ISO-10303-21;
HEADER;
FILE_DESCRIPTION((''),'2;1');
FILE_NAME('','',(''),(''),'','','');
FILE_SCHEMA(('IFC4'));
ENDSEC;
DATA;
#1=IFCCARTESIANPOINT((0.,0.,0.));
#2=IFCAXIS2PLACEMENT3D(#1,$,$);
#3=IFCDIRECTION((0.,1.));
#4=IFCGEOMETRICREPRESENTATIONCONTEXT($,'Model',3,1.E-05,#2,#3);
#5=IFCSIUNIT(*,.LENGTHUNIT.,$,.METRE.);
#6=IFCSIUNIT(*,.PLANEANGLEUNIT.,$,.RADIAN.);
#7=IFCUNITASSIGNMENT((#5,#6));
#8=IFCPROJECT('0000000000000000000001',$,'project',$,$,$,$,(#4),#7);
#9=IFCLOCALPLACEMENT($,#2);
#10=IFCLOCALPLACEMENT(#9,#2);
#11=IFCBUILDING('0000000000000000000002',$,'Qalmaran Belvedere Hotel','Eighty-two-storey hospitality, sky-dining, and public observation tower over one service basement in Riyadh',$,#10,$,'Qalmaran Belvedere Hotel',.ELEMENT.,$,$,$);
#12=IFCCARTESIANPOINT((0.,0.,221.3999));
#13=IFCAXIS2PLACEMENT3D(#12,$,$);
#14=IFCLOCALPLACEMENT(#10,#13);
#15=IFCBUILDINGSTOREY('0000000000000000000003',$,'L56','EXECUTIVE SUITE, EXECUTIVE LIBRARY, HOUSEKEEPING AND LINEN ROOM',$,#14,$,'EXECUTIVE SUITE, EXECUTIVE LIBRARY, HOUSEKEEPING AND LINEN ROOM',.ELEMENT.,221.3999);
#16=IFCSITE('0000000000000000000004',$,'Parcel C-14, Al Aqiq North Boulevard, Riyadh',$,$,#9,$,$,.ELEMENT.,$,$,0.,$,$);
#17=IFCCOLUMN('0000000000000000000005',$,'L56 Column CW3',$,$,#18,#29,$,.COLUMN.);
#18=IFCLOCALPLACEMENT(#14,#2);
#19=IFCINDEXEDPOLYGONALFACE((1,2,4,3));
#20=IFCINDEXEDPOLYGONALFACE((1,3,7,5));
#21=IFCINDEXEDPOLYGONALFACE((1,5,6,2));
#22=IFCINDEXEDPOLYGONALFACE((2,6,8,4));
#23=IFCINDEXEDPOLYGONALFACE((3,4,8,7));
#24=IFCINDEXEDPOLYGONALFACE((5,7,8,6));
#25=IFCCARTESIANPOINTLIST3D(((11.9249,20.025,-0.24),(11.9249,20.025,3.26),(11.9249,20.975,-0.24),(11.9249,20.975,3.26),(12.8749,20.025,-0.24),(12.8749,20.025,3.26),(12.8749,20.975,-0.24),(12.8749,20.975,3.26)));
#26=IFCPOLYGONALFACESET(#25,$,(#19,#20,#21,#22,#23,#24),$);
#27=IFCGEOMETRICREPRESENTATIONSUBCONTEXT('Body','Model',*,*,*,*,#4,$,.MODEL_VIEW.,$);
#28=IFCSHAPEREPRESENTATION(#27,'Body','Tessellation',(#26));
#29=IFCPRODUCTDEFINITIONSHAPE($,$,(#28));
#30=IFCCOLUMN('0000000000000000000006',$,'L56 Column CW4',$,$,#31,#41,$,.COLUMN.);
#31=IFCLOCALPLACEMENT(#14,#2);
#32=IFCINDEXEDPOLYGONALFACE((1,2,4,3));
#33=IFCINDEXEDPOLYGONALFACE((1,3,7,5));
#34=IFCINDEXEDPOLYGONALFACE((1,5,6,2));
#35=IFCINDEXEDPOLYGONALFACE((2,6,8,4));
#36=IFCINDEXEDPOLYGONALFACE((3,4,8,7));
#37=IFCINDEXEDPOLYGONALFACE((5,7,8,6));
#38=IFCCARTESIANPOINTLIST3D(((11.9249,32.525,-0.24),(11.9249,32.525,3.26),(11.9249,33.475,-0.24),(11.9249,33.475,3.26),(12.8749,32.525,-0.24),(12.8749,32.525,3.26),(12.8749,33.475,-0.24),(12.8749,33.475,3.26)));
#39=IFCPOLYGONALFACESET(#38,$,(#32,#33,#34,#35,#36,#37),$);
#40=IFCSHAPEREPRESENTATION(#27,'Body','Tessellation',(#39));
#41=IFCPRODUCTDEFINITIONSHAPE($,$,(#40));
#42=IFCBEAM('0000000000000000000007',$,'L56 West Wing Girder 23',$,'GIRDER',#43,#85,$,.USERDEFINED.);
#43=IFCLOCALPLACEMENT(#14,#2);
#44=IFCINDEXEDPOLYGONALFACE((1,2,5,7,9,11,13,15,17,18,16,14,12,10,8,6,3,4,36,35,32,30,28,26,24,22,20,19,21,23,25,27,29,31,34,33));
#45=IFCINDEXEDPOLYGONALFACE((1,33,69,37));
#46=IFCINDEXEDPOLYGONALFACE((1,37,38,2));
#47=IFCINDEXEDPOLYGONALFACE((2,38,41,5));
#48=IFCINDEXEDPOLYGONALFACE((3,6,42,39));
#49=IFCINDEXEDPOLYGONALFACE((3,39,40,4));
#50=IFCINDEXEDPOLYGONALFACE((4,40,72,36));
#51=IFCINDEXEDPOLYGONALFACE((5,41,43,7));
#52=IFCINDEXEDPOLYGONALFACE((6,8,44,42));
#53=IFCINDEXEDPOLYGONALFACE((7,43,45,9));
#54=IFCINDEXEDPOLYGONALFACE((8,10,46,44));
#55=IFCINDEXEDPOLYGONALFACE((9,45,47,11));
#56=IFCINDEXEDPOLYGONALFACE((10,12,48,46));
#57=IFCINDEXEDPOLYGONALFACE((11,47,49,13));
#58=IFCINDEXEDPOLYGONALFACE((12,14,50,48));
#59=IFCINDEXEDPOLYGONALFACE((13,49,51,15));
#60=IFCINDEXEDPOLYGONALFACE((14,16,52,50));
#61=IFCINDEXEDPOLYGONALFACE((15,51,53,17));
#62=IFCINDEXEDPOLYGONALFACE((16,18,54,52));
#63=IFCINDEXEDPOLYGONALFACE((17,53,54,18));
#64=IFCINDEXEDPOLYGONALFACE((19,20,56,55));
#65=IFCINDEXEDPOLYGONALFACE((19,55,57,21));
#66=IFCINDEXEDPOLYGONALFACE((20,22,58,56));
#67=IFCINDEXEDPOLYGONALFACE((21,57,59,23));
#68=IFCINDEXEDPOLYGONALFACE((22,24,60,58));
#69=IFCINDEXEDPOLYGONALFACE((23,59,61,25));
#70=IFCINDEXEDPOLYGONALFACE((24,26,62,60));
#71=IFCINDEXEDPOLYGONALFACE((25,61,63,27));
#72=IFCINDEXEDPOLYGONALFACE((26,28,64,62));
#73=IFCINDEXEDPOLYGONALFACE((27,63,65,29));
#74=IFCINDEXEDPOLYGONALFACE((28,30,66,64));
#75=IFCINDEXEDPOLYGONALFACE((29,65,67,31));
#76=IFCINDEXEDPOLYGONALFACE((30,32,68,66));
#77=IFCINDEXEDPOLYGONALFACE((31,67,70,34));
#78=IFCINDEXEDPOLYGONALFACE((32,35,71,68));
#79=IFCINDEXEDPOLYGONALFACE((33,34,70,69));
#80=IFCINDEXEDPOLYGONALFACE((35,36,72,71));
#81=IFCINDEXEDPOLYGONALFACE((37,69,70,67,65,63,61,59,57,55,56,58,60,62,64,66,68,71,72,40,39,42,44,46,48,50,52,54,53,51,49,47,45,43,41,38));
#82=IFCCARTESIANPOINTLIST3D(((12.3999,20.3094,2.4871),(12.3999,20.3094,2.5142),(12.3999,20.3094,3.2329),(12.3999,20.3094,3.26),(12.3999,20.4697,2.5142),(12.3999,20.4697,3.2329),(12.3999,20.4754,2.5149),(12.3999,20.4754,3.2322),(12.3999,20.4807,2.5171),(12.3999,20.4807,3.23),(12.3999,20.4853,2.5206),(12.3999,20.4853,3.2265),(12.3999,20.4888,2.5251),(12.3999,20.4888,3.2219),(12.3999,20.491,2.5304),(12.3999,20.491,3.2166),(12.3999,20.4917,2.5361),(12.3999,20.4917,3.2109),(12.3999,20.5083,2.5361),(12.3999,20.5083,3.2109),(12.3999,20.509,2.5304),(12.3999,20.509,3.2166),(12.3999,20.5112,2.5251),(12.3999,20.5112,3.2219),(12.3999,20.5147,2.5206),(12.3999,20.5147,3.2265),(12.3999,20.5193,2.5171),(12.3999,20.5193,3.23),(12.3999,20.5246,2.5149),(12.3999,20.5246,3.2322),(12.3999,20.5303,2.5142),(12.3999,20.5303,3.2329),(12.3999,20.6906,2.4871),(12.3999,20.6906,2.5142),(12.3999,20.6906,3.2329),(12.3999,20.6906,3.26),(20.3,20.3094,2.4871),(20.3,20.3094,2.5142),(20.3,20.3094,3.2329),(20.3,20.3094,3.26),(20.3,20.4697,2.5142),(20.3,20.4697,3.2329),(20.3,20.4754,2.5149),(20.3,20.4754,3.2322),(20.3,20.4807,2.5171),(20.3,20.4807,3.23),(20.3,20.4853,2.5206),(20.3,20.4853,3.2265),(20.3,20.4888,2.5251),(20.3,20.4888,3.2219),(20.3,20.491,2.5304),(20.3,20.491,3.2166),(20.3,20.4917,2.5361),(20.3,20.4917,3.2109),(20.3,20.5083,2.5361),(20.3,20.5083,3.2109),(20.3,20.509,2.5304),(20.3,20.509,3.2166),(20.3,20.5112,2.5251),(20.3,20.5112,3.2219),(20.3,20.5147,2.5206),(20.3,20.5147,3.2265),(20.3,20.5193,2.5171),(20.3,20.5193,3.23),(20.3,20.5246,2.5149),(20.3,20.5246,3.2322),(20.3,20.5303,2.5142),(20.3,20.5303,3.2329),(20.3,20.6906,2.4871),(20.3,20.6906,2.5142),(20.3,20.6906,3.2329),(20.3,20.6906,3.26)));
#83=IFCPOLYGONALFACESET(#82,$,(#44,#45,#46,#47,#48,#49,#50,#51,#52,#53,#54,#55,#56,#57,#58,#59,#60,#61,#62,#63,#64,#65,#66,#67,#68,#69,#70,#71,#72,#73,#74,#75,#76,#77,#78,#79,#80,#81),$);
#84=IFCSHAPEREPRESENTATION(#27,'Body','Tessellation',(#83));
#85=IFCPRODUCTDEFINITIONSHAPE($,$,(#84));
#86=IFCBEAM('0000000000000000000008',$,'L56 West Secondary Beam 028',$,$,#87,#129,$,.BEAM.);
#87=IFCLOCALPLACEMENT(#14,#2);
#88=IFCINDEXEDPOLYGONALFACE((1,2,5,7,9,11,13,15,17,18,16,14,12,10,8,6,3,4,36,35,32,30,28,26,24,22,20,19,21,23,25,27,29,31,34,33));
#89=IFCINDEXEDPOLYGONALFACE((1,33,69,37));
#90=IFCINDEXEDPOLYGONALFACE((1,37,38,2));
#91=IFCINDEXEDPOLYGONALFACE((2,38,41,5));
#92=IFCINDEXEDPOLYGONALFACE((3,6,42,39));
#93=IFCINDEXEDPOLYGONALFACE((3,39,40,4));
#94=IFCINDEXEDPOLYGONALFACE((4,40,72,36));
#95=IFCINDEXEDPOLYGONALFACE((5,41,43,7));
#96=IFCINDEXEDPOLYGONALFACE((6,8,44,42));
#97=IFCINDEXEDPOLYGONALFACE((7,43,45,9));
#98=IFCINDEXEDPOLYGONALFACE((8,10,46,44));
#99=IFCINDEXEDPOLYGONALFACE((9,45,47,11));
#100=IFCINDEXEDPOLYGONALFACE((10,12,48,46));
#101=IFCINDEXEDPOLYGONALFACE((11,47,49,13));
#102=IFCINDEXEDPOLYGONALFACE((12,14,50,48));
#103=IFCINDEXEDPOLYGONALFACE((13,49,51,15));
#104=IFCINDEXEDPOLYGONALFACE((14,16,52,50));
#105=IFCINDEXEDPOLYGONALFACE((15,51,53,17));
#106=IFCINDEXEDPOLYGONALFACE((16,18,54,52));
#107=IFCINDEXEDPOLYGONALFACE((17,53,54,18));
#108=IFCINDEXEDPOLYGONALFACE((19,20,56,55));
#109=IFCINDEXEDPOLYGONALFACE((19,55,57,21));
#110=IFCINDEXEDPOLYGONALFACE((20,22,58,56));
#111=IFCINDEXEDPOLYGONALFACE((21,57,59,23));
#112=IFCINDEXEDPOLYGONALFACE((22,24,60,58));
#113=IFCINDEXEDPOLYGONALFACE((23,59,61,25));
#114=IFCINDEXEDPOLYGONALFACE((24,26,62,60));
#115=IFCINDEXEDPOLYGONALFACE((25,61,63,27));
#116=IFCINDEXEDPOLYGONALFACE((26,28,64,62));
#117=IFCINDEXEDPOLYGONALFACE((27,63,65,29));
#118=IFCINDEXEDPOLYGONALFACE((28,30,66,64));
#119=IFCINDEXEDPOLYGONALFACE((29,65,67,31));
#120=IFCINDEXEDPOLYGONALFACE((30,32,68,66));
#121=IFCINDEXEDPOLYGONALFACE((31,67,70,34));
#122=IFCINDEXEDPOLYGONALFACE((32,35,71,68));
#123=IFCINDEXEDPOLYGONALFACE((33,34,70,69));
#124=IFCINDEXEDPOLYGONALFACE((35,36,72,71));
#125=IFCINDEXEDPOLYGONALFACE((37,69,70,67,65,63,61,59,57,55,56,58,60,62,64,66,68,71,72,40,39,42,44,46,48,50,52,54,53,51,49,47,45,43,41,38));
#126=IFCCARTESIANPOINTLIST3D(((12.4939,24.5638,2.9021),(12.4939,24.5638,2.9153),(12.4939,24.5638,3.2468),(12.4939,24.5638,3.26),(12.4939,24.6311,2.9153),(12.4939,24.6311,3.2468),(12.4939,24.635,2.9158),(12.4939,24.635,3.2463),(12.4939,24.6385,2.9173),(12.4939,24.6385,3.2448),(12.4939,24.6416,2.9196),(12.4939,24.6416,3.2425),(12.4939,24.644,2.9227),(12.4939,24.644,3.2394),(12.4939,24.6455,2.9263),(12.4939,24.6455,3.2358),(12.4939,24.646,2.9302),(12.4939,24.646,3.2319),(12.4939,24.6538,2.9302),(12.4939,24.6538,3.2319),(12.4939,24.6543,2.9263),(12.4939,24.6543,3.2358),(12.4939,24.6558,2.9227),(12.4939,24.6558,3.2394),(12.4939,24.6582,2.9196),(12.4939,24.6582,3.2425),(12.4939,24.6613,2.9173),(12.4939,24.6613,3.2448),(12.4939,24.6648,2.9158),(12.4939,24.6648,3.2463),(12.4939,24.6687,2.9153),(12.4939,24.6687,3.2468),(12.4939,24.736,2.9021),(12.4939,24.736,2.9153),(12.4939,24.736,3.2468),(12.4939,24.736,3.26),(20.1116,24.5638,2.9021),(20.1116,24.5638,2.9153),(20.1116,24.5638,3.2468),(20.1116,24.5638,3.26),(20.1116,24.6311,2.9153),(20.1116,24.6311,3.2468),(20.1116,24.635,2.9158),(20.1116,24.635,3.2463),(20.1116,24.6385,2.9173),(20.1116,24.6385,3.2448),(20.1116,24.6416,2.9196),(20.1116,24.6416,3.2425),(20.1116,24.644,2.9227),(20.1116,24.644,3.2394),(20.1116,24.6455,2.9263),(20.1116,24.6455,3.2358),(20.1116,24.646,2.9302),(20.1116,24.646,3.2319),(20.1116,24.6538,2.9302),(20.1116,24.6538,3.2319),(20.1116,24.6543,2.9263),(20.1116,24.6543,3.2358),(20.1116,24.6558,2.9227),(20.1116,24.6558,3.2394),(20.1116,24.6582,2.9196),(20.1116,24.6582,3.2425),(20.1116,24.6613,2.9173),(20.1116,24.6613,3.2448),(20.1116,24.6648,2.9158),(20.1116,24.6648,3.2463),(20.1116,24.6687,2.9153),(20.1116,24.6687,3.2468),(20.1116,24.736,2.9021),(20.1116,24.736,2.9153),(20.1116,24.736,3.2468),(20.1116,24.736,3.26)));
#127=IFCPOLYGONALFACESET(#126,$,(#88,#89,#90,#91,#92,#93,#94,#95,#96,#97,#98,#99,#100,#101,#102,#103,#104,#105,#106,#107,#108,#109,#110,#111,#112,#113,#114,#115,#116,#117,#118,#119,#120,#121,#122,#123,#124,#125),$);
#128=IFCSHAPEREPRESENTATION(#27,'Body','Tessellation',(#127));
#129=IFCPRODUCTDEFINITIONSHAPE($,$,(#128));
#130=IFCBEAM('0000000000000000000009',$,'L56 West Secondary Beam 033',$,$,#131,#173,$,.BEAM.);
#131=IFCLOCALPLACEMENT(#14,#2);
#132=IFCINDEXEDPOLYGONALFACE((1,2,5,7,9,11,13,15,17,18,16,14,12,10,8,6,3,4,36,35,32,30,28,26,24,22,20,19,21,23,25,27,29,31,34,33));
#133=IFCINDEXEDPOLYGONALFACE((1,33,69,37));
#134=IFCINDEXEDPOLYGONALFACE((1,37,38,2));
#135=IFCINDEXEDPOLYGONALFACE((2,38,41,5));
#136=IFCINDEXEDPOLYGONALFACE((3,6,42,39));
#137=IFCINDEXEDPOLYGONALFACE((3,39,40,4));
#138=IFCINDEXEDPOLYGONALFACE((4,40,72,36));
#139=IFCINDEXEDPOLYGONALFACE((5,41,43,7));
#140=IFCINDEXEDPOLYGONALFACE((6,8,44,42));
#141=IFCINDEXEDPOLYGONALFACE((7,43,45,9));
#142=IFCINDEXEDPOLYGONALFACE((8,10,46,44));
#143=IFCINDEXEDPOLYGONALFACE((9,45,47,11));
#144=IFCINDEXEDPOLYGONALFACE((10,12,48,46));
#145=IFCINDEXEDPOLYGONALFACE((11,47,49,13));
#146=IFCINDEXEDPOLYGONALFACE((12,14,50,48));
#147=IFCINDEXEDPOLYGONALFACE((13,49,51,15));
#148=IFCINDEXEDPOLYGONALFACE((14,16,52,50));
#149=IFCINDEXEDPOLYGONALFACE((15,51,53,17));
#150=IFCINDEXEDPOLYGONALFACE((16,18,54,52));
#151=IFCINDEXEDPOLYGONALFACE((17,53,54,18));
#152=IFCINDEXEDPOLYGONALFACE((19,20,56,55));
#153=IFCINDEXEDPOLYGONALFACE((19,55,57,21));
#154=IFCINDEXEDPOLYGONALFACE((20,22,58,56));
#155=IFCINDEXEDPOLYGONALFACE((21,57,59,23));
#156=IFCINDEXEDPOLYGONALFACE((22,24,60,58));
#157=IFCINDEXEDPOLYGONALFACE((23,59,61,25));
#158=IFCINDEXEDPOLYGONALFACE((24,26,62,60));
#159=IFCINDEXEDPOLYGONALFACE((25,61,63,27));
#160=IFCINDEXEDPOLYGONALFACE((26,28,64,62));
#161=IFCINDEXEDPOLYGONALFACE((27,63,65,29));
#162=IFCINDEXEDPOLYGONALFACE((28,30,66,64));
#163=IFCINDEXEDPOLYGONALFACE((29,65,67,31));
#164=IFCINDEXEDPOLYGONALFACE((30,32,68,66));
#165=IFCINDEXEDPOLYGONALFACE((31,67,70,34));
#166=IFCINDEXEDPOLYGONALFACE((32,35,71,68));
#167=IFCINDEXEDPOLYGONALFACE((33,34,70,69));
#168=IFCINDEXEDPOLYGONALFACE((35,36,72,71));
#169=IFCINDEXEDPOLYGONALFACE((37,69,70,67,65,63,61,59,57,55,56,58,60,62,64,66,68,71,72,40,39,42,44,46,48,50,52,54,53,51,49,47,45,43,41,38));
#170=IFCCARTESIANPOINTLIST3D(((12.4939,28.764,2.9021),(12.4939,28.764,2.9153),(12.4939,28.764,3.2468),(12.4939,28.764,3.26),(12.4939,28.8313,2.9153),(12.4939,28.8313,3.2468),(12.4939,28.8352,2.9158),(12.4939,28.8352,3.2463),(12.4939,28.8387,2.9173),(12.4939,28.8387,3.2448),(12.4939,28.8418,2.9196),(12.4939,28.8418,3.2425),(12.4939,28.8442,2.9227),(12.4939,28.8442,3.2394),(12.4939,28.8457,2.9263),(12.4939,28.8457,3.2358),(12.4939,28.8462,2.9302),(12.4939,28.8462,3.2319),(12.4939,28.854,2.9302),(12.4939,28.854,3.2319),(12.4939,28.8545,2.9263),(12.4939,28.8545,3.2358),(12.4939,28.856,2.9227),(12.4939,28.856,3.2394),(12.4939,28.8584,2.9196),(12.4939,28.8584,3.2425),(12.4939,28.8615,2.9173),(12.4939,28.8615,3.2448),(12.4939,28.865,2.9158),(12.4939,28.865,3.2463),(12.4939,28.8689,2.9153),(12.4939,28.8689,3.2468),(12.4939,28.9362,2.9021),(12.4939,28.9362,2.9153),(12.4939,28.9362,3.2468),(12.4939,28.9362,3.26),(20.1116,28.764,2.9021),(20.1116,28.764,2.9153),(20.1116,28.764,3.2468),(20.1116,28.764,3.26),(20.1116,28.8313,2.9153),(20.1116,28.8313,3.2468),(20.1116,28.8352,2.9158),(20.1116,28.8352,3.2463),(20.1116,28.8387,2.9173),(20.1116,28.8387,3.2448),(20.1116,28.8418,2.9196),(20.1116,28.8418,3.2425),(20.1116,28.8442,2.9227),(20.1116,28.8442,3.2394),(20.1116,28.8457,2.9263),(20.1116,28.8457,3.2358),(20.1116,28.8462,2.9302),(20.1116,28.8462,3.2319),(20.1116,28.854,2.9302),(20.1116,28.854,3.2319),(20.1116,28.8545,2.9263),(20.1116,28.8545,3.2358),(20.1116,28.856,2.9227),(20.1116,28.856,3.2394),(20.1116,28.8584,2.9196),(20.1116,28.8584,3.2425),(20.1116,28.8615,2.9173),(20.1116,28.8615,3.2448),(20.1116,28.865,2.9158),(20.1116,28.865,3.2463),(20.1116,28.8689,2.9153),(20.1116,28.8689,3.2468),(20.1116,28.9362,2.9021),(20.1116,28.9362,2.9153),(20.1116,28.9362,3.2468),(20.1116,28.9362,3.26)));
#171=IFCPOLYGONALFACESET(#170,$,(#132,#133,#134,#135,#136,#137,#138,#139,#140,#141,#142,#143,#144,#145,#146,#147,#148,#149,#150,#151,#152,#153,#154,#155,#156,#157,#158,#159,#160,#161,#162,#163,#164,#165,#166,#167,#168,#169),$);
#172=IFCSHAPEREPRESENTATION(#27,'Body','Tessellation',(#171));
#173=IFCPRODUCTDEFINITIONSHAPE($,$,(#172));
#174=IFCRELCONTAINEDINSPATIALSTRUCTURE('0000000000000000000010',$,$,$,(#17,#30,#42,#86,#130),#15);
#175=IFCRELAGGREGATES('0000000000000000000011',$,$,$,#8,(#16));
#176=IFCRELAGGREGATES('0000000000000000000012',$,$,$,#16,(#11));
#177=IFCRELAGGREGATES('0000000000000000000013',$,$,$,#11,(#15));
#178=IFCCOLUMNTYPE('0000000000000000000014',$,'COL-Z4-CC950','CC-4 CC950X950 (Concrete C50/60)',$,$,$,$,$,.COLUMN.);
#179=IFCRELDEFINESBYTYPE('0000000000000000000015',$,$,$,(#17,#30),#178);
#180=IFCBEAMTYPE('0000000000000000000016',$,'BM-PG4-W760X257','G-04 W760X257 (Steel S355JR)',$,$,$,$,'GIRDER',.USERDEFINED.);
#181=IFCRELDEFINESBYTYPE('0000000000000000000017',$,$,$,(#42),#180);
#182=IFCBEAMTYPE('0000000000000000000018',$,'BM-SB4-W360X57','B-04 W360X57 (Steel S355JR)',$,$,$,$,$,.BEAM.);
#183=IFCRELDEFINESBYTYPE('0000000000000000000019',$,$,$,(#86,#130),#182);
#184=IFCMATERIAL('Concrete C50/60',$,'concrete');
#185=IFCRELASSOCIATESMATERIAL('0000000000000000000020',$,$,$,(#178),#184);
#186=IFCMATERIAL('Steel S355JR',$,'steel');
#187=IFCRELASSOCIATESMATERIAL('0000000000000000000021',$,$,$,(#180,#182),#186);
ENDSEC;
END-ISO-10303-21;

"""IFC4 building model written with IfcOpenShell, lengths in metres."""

from ifc_helpers import new_model, si_unit, direction, frame, origin, origin_2d, place, context, subcontext, project, spatial, rectangle, i_section, extrude, material, material_profile, profile_set, type_object, element, save


model = new_model("IFC4")

# Units and contexts
model_context = context("Model", 3, precision=1e-05, world=origin(), true_north=direction((0.0, 1.0)))
body_context = subcontext(model_context, "Body", "Model", "MODEL_VIEW")
ifc_project = project(units=[si_unit("LENGTHUNIT", "METRE"), si_unit("PLANEANGLEUNIT", "RADIAN")], contexts=[model_context])

# Site, building, storey
site_placement = place(None, origin())
site = spatial("IfcSite", under=ifc_project, at=site_placement, Name="Parcel C-14, Al Aqiq North Boulevard, Riyadh", CompositionType="ELEMENT", RefElevation=0.0)
building_placement = place(site_placement, origin())
building = spatial("IfcBuilding", under=site, at=building_placement, Name="Qalmaran Belvedere Hotel", Description="Eighty-two-storey hospitality, sky-dining, and public observation tower over one service basement in Riyadh", LongName="Qalmaran Belvedere Hotel", CompositionType="ELEMENT")
storey_placement = place(building_placement, frame((0.0, 0.0, 221.3999)))
storey = spatial("IfcBuildingStorey", under=building, at=storey_placement, Name="L56", Description="EXECUTIVE SUITE, EXECUTIVE LIBRARY, HOUSEKEEPING AND LINEN ROOM", LongName="EXECUTIVE SUITE, EXECUTIVE LIBRARY, HOUSEKEEPING AND LINEN ROOM", CompositionType="ELEMENT", Elevation=221.3999)

# Columns
ifc_material_1 = material(Name="Concrete C50/60", Category="concrete")
ifc_material_profile_1 = material_profile(ifc_material_1, rectangle(XDim=0.95, YDim=0.95, at=origin_2d()), Name="CC950X950")
ifc_profile_set_1 = profile_set([ifc_material_profile_1], Name="Concrete C50/60")
column_type = type_object("IfcColumnType", Name="COL-Z4-CC950", Description="CC-4 CC950X950 (Concrete C50/60)", PredefinedType="COLUMN", material=ifc_profile_set_1)
for number, where, z_axis, x_axis, name in (
    (1, (12.3999, 20.5, -0.24), (0.0, 0.0, 1.0), (1.0, 0.0, 0.0), "L56 Column CW3"),
    (2, (12.3999, 33.0, -0.24), (0.0, 0.0, 1.0), (1.0, 0.0, 0.0), "L56 Column CW4"),
):
    element("IfcColumn", number, at=place(storey_placement, frame(where, z_axis=z_axis, x_axis=x_axis)), inside=storey, type_object=column_type, Name=name, PredefinedType="COLUMN", context=body_context, shape_type="SweptSolid", body=[
        extrude(rectangle(XDim=0.95, YDim=0.95, at=origin_2d()), origin(), (0.0, 0.0, 1.0), 3.5),
    ])

# Beams
ifc_material_2 = material(Name="Steel S355JR", Category="steel")
ifc_material_profile_2 = material_profile(ifc_material_2, i_section(OverallWidth=0.3811, OverallDepth=0.7729, WebThickness=0.0166, FlangeThickness=0.0271, FilletRadius=0.022, at=origin_2d()), Name="W760X257")
ifc_profile_set_2 = profile_set([ifc_material_profile_2], Name="Steel S355JR")
beam_type_1 = type_object("IfcBeamType", Name="BM-PG4-W760X257", Description="G-04 W760X257 (Steel S355JR)", ElementType="GIRDER", PredefinedType="USERDEFINED", material=ifc_profile_set_2)
beam_1_placement = place(storey_placement, frame((12.3999, 20.5, 2.8735), z_axis=(1.0, 0.0, 0.0), x_axis=(0.0, 1.0, 0.0)))
element("IfcBeam", 3, at=beam_1_placement, inside=storey, type_object=beam_type_1, Name="L56 West Wing Girder 23", ObjectType="GIRDER", PredefinedType="USERDEFINED", context=body_context, shape_type="SweptSolid", body=[
    extrude(i_section(OverallWidth=0.3811, OverallDepth=0.7729, WebThickness=0.0166, FlangeThickness=0.0271, FilletRadius=0.022, at=origin_2d()), origin(), (0.0, 0.0, 1.0), 7.9001),
])
ifc_material_profile_3 = material_profile(ifc_material_2, i_section(OverallWidth=0.1721, OverallDepth=0.3579, WebThickness=0.0078, FlangeThickness=0.0132, FilletRadius=0.0149, at=origin_2d()), Name="W360X57")
ifc_profile_set_3 = profile_set([ifc_material_profile_3], Name="Steel S355JR")
beam_type_2 = type_object("IfcBeamType", Name="BM-SB4-W360X57", Description="B-04 W360X57 (Steel S355JR)", PredefinedType="BEAM", material=ifc_profile_set_3)
for number, where, z_axis, x_axis, name in (
    (4, (12.4939, 24.6499, 3.0811), (1.0, 0.0, 0.0), (0.0, 1.0, 0.0), "L56 West Secondary Beam 028"),
    (5, (12.4939, 28.8501, 3.0811), (1.0, 0.0, 0.0), (0.0, 1.0, 0.0), "L56 West Secondary Beam 033"),
):
    element("IfcBeam", number, at=place(storey_placement, frame(where, z_axis=z_axis, x_axis=x_axis)), inside=storey, type_object=beam_type_2, Name=name, PredefinedType="BEAM", context=body_context, shape_type="SweptSolid", body=[
        extrude(i_section(OverallWidth=0.1721, OverallDepth=0.3579, WebThickness=0.0078, FlangeThickness=0.0132, FilletRadius=0.0149, at=origin_2d()), origin(), (0.0, 0.0, 1.0), 7.6177),
    ])

save(model, "model.ifc")
